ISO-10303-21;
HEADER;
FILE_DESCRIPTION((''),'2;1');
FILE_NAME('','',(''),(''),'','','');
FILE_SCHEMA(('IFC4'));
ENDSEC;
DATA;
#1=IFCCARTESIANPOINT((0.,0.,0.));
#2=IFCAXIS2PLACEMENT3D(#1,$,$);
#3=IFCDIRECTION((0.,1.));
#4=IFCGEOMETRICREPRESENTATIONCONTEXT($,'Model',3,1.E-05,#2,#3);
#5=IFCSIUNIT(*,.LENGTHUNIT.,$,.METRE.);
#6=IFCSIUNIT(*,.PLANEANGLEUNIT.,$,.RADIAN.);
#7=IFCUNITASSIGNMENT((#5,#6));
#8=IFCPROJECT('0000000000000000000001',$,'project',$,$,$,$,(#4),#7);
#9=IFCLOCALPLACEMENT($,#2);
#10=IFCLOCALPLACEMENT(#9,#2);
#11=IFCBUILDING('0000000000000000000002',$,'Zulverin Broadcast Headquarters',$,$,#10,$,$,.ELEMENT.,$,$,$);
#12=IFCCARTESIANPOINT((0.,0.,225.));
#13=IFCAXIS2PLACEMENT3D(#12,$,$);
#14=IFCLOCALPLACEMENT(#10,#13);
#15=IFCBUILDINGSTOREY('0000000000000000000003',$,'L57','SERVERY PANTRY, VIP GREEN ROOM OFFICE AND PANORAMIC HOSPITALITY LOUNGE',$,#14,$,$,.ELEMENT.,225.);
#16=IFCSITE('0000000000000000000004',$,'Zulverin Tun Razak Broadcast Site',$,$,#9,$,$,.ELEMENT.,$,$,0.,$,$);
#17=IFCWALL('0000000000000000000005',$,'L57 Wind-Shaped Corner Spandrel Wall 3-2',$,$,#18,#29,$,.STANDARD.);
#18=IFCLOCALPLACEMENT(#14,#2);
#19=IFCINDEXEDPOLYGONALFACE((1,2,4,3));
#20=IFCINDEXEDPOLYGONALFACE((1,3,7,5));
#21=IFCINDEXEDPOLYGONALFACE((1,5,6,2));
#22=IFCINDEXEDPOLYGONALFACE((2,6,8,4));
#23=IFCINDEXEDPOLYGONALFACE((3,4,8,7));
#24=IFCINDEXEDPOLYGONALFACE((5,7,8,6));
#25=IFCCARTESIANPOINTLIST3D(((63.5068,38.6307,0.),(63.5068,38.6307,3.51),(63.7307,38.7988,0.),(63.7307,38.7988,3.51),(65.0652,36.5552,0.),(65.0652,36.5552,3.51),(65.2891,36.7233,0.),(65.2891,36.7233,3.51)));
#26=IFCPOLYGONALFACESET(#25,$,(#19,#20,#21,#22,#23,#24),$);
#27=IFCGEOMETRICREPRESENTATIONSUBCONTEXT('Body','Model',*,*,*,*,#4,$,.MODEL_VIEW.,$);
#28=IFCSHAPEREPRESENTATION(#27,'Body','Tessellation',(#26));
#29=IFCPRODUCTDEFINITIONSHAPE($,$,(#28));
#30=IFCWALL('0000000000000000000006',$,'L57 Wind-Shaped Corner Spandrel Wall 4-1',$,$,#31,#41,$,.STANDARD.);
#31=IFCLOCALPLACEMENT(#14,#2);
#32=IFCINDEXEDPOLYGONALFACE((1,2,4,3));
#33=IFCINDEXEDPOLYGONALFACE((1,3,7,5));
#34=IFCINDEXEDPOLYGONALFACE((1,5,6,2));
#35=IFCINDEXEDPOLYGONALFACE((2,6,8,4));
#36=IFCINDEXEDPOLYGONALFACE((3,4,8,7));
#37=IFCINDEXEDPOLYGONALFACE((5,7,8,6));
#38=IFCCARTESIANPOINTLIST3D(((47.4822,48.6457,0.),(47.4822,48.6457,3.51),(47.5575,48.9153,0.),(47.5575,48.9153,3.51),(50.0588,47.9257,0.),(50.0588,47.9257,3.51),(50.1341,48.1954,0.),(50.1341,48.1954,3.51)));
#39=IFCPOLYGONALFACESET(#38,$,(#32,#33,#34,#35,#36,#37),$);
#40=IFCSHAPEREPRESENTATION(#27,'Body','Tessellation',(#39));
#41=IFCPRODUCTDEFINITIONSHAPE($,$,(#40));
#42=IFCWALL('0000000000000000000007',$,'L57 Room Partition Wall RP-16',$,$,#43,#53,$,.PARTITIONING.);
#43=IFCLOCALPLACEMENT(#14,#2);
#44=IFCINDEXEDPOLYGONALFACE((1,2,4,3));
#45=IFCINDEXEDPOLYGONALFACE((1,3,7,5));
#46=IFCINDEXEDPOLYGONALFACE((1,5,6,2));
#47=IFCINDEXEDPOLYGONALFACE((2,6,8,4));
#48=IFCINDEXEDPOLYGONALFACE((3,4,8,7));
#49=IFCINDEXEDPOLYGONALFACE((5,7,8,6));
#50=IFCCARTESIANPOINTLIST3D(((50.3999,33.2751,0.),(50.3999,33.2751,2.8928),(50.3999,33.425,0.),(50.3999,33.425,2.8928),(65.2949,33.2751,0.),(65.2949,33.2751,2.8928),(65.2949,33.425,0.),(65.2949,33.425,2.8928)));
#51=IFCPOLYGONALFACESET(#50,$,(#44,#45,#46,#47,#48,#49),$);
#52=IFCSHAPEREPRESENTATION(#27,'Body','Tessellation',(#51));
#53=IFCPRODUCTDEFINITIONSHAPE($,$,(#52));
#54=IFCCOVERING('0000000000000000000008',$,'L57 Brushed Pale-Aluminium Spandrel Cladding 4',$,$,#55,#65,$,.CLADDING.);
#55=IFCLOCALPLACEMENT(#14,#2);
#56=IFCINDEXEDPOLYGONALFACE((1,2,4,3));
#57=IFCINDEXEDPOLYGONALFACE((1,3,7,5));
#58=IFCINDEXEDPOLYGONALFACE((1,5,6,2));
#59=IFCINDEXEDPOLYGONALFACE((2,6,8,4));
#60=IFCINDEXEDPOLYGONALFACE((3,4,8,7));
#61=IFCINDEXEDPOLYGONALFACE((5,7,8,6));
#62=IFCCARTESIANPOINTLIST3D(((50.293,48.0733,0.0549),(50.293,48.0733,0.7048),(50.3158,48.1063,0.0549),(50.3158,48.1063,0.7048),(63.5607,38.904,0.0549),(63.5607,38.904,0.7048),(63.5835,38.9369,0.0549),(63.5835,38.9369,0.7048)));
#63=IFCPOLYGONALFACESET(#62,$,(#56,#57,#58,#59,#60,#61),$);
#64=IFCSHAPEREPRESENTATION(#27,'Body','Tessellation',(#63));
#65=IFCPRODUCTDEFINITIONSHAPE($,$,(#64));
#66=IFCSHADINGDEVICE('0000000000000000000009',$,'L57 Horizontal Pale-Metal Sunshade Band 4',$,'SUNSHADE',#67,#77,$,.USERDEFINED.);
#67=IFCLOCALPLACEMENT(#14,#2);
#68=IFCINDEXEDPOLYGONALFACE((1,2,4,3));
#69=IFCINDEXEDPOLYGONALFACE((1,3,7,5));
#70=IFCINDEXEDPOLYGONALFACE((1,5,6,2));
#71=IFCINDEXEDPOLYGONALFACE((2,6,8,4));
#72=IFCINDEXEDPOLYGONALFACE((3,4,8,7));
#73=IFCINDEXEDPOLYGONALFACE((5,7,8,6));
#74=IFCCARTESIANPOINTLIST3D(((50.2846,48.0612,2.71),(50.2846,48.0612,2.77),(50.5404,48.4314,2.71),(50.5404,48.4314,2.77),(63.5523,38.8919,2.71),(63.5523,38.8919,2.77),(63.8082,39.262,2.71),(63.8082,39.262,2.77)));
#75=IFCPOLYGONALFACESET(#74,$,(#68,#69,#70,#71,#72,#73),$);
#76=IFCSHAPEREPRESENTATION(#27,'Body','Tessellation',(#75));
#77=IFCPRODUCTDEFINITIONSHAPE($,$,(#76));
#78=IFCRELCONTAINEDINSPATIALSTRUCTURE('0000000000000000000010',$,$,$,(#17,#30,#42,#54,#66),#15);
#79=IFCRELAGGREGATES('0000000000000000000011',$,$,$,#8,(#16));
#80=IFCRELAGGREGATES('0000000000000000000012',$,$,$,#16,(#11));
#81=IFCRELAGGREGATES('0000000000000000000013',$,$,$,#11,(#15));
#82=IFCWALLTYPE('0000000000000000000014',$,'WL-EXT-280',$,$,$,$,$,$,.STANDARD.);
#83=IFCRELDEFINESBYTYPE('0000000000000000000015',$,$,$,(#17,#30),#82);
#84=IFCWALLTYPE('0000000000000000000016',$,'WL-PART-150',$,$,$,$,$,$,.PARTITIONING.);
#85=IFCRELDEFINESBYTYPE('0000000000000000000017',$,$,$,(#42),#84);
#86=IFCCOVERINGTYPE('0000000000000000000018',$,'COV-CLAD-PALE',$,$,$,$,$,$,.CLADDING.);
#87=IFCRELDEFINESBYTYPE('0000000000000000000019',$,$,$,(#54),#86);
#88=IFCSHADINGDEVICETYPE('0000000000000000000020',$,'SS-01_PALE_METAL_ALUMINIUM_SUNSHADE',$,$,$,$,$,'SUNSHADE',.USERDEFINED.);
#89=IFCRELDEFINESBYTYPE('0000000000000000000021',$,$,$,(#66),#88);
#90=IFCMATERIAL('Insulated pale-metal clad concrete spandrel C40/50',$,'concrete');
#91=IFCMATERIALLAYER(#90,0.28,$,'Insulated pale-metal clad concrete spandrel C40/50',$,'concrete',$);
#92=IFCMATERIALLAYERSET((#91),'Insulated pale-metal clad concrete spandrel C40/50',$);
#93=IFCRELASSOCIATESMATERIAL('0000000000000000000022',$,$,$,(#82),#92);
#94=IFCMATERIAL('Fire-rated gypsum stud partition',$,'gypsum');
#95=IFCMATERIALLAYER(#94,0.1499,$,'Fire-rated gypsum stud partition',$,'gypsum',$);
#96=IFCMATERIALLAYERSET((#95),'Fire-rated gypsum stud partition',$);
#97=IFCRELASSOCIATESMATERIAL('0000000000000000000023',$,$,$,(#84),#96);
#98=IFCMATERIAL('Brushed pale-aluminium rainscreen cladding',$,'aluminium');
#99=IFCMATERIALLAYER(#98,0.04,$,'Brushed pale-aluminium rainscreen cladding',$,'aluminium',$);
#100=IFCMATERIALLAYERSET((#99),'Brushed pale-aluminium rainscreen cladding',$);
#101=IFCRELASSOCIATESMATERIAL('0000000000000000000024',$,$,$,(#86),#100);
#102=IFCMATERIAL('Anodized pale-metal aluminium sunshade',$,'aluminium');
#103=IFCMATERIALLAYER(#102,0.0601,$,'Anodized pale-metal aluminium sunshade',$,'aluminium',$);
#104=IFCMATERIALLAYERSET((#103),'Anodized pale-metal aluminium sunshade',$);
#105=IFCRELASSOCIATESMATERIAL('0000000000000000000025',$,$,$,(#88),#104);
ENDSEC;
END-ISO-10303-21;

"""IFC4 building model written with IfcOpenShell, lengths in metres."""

from ifc_helpers import new_model, si_unit, direction, frame, frame_2d, origin, origin_2d, place, context, subcontext, project, spatial, rectangle, extrude, material, layer, layer_set, type_object, element, save


model = new_model("IFC4")

# Units and contexts
model_context = context("Model", 3, precision=1e-05, world=origin(), true_north=direction((0.0, 1.0)))
body_context = subcontext(model_context, "Body", "Model", "MODEL_VIEW")
ifc_project = project(units=[si_unit("LENGTHUNIT", "METRE"), si_unit("PLANEANGLEUNIT", "RADIAN")], contexts=[model_context])

# Site, building, storey
site_placement = place(None, origin())
site = spatial("IfcSite", under=ifc_project, at=site_placement, Name="Zulverin Tun Razak Broadcast Site", CompositionType="ELEMENT", RefElevation=0.0)
building_placement = place(site_placement, origin())
building = spatial("IfcBuilding", under=site, at=building_placement, Name="Zulverin Broadcast Headquarters", CompositionType="ELEMENT")
storey_placement = place(building_placement, frame((0.0, 0.0, 225.0)))
storey = spatial("IfcBuildingStorey", under=building, at=storey_placement, Name="L57", Description="SERVERY PANTRY, VIP GREEN ROOM OFFICE AND PANORAMIC HOSPITALITY LOUNGE", CompositionType="ELEMENT", Elevation=225.0)

# Shared definitions
ifc_material_1 = material(Name="Insulated pale-metal clad concrete spandrel C40/50", Category="concrete")
ifc_layer_1 = layer(ifc_material_1, 0.28, Name="Insulated pale-metal clad concrete spandrel C40/50", Category="concrete")
ifc_layer_set_1 = layer_set([ifc_layer_1], Name="Insulated pale-metal clad concrete spandrel C40/50")
wall_type_1 = type_object("IfcWallType", Name="WL-EXT-280", PredefinedType="STANDARD", material=ifc_layer_set_1)

# Walls
wall_1_placement = place(storey_placement, frame((65.1772, 36.6392, 0.0), z_axis=(0.0, 0.0, 1.0), x_axis=(-0.600436, 0.799673, 0.0)))
element("IfcWall", 1, at=wall_1_placement, inside=storey, type_object=wall_type_1, Name="L57 Wind-Shaped Corner Spandrel Wall 3-2", PredefinedType="STANDARD", context=body_context, shape_type="SweptSolid", body=[
    extrude(rectangle(XDim=2.5955, YDim=0.28, at=frame_2d((1.2979, 0.0))), origin(), (0.0, 0.0, 1.0), 3.51),
])
wall_2_placement = place(storey_placement, frame((50.0964, 48.0605, 0.0), z_axis=(0.0, 0.0, 1.0), x_axis=(-0.963109, 0.269112, 0.0)))
element("IfcWall", 2, at=wall_2_placement, inside=storey, type_object=wall_type_1, Name="L57 Wind-Shaped Corner Spandrel Wall 4-1", PredefinedType="STANDARD", context=body_context, shape_type="SweptSolid", body=[
    extrude(rectangle(XDim=2.6753, YDim=0.28, at=frame_2d((1.3376, 0.0))), origin(), (0.0, 0.0, 1.0), 3.51),
])
ifc_material_2 = material(Name="Fire-rated gypsum stud partition", Category="gypsum")
ifc_layer_2 = layer(ifc_material_2, 0.1499, Name="Fire-rated gypsum stud partition", Category="gypsum")
ifc_layer_set_2 = layer_set([ifc_layer_2], Name="Fire-rated gypsum stud partition")
wall_type_2 = type_object("IfcWallType", Name="WL-PART-150", PredefinedType="PARTITIONING", material=ifc_layer_set_2)
wall_3_placement = place(storey_placement, frame((50.3999, 33.3501, 0.0), z_axis=(0.0, 0.0, 1.0), x_axis=(1.0, 0.0, 0.0)))
element("IfcWall", 3, at=wall_3_placement, inside=storey, type_object=wall_type_2, Name="L57 Room Partition Wall RP-16", PredefinedType="PARTITIONING", context=body_context, shape_type="SweptSolid", body=[
    extrude(rectangle(XDim=14.895, YDim=0.1499, at=frame_2d((7.4475, 0.0))), origin(), (0.0, 0.0, 1.0), 2.8928),
])

# Covering
ifc_material_3 = material(Name="Brushed pale-aluminium rainscreen cladding", Category="aluminium")
ifc_layer_3 = layer(ifc_material_3, 0.04, Name="Brushed pale-aluminium rainscreen cladding", Category="aluminium")
ifc_layer_set_3 = layer_set([ifc_layer_3], Name="Brushed pale-aluminium rainscreen cladding")
covering_type = type_object("IfcCoveringType", Name="COV-CLAD-PALE", PredefinedType="CLADDING", material=ifc_layer_set_3)
covering_placement = place(storey_placement, frame((56.9382, 43.5051, 0.0549), z_axis=(0.0, 0.0, 1.0), x_axis=(-0.822655, 0.56854, 0.0)))
element("IfcCovering", 4, at=covering_placement, inside=storey, type_object=covering_type, Name="L57 Brushed Pale-Aluminium Spandrel Cladding 4", PredefinedType="CLADDING", context=body_context, shape_type="SweptSolid", body=[
    extrude(rectangle(XDim=16.1279, YDim=0.04, at=origin_2d()), origin(), (0.0, 0.0, 1.0), 0.6499),
])

# Shading device
ifc_material_4 = material(Name="Anodized pale-metal aluminium sunshade", Category="aluminium")
ifc_layer_4 = layer(ifc_material_4, 0.0601, Name="Anodized pale-metal aluminium sunshade", Category="aluminium")
ifc_layer_set_4 = layer_set([ifc_layer_4], Name="Anodized pale-metal aluminium sunshade")
shading_device_type = type_object("IfcShadingDeviceType", Name="SS-01_PALE_METAL_ALUMINIUM_SUNSHADE", ElementType="SUNSHADE", PredefinedType="USERDEFINED", material=ifc_layer_set_4)
shading_device_placement = place(storey_placement, frame((57.0464, 43.6616, 2.71), z_axis=(0.0, 0.0, 1.0), x_axis=(-0.822655, 0.56854, 0.0)))
element("IfcShadingDevice", 5, at=shading_device_placement, inside=storey, type_object=shading_device_type, Name="L57 Horizontal Pale-Metal Sunshade Band 4", ObjectType="SUNSHADE", PredefinedType="USERDEFINED", context=body_context, shape_type="SweptSolid", body=[
    extrude(rectangle(XDim=16.1279, YDim=0.45, at=origin_2d()), origin(), (0.0, 0.0, 1.0), 0.0601),
])

save(model, "model.ifc")
